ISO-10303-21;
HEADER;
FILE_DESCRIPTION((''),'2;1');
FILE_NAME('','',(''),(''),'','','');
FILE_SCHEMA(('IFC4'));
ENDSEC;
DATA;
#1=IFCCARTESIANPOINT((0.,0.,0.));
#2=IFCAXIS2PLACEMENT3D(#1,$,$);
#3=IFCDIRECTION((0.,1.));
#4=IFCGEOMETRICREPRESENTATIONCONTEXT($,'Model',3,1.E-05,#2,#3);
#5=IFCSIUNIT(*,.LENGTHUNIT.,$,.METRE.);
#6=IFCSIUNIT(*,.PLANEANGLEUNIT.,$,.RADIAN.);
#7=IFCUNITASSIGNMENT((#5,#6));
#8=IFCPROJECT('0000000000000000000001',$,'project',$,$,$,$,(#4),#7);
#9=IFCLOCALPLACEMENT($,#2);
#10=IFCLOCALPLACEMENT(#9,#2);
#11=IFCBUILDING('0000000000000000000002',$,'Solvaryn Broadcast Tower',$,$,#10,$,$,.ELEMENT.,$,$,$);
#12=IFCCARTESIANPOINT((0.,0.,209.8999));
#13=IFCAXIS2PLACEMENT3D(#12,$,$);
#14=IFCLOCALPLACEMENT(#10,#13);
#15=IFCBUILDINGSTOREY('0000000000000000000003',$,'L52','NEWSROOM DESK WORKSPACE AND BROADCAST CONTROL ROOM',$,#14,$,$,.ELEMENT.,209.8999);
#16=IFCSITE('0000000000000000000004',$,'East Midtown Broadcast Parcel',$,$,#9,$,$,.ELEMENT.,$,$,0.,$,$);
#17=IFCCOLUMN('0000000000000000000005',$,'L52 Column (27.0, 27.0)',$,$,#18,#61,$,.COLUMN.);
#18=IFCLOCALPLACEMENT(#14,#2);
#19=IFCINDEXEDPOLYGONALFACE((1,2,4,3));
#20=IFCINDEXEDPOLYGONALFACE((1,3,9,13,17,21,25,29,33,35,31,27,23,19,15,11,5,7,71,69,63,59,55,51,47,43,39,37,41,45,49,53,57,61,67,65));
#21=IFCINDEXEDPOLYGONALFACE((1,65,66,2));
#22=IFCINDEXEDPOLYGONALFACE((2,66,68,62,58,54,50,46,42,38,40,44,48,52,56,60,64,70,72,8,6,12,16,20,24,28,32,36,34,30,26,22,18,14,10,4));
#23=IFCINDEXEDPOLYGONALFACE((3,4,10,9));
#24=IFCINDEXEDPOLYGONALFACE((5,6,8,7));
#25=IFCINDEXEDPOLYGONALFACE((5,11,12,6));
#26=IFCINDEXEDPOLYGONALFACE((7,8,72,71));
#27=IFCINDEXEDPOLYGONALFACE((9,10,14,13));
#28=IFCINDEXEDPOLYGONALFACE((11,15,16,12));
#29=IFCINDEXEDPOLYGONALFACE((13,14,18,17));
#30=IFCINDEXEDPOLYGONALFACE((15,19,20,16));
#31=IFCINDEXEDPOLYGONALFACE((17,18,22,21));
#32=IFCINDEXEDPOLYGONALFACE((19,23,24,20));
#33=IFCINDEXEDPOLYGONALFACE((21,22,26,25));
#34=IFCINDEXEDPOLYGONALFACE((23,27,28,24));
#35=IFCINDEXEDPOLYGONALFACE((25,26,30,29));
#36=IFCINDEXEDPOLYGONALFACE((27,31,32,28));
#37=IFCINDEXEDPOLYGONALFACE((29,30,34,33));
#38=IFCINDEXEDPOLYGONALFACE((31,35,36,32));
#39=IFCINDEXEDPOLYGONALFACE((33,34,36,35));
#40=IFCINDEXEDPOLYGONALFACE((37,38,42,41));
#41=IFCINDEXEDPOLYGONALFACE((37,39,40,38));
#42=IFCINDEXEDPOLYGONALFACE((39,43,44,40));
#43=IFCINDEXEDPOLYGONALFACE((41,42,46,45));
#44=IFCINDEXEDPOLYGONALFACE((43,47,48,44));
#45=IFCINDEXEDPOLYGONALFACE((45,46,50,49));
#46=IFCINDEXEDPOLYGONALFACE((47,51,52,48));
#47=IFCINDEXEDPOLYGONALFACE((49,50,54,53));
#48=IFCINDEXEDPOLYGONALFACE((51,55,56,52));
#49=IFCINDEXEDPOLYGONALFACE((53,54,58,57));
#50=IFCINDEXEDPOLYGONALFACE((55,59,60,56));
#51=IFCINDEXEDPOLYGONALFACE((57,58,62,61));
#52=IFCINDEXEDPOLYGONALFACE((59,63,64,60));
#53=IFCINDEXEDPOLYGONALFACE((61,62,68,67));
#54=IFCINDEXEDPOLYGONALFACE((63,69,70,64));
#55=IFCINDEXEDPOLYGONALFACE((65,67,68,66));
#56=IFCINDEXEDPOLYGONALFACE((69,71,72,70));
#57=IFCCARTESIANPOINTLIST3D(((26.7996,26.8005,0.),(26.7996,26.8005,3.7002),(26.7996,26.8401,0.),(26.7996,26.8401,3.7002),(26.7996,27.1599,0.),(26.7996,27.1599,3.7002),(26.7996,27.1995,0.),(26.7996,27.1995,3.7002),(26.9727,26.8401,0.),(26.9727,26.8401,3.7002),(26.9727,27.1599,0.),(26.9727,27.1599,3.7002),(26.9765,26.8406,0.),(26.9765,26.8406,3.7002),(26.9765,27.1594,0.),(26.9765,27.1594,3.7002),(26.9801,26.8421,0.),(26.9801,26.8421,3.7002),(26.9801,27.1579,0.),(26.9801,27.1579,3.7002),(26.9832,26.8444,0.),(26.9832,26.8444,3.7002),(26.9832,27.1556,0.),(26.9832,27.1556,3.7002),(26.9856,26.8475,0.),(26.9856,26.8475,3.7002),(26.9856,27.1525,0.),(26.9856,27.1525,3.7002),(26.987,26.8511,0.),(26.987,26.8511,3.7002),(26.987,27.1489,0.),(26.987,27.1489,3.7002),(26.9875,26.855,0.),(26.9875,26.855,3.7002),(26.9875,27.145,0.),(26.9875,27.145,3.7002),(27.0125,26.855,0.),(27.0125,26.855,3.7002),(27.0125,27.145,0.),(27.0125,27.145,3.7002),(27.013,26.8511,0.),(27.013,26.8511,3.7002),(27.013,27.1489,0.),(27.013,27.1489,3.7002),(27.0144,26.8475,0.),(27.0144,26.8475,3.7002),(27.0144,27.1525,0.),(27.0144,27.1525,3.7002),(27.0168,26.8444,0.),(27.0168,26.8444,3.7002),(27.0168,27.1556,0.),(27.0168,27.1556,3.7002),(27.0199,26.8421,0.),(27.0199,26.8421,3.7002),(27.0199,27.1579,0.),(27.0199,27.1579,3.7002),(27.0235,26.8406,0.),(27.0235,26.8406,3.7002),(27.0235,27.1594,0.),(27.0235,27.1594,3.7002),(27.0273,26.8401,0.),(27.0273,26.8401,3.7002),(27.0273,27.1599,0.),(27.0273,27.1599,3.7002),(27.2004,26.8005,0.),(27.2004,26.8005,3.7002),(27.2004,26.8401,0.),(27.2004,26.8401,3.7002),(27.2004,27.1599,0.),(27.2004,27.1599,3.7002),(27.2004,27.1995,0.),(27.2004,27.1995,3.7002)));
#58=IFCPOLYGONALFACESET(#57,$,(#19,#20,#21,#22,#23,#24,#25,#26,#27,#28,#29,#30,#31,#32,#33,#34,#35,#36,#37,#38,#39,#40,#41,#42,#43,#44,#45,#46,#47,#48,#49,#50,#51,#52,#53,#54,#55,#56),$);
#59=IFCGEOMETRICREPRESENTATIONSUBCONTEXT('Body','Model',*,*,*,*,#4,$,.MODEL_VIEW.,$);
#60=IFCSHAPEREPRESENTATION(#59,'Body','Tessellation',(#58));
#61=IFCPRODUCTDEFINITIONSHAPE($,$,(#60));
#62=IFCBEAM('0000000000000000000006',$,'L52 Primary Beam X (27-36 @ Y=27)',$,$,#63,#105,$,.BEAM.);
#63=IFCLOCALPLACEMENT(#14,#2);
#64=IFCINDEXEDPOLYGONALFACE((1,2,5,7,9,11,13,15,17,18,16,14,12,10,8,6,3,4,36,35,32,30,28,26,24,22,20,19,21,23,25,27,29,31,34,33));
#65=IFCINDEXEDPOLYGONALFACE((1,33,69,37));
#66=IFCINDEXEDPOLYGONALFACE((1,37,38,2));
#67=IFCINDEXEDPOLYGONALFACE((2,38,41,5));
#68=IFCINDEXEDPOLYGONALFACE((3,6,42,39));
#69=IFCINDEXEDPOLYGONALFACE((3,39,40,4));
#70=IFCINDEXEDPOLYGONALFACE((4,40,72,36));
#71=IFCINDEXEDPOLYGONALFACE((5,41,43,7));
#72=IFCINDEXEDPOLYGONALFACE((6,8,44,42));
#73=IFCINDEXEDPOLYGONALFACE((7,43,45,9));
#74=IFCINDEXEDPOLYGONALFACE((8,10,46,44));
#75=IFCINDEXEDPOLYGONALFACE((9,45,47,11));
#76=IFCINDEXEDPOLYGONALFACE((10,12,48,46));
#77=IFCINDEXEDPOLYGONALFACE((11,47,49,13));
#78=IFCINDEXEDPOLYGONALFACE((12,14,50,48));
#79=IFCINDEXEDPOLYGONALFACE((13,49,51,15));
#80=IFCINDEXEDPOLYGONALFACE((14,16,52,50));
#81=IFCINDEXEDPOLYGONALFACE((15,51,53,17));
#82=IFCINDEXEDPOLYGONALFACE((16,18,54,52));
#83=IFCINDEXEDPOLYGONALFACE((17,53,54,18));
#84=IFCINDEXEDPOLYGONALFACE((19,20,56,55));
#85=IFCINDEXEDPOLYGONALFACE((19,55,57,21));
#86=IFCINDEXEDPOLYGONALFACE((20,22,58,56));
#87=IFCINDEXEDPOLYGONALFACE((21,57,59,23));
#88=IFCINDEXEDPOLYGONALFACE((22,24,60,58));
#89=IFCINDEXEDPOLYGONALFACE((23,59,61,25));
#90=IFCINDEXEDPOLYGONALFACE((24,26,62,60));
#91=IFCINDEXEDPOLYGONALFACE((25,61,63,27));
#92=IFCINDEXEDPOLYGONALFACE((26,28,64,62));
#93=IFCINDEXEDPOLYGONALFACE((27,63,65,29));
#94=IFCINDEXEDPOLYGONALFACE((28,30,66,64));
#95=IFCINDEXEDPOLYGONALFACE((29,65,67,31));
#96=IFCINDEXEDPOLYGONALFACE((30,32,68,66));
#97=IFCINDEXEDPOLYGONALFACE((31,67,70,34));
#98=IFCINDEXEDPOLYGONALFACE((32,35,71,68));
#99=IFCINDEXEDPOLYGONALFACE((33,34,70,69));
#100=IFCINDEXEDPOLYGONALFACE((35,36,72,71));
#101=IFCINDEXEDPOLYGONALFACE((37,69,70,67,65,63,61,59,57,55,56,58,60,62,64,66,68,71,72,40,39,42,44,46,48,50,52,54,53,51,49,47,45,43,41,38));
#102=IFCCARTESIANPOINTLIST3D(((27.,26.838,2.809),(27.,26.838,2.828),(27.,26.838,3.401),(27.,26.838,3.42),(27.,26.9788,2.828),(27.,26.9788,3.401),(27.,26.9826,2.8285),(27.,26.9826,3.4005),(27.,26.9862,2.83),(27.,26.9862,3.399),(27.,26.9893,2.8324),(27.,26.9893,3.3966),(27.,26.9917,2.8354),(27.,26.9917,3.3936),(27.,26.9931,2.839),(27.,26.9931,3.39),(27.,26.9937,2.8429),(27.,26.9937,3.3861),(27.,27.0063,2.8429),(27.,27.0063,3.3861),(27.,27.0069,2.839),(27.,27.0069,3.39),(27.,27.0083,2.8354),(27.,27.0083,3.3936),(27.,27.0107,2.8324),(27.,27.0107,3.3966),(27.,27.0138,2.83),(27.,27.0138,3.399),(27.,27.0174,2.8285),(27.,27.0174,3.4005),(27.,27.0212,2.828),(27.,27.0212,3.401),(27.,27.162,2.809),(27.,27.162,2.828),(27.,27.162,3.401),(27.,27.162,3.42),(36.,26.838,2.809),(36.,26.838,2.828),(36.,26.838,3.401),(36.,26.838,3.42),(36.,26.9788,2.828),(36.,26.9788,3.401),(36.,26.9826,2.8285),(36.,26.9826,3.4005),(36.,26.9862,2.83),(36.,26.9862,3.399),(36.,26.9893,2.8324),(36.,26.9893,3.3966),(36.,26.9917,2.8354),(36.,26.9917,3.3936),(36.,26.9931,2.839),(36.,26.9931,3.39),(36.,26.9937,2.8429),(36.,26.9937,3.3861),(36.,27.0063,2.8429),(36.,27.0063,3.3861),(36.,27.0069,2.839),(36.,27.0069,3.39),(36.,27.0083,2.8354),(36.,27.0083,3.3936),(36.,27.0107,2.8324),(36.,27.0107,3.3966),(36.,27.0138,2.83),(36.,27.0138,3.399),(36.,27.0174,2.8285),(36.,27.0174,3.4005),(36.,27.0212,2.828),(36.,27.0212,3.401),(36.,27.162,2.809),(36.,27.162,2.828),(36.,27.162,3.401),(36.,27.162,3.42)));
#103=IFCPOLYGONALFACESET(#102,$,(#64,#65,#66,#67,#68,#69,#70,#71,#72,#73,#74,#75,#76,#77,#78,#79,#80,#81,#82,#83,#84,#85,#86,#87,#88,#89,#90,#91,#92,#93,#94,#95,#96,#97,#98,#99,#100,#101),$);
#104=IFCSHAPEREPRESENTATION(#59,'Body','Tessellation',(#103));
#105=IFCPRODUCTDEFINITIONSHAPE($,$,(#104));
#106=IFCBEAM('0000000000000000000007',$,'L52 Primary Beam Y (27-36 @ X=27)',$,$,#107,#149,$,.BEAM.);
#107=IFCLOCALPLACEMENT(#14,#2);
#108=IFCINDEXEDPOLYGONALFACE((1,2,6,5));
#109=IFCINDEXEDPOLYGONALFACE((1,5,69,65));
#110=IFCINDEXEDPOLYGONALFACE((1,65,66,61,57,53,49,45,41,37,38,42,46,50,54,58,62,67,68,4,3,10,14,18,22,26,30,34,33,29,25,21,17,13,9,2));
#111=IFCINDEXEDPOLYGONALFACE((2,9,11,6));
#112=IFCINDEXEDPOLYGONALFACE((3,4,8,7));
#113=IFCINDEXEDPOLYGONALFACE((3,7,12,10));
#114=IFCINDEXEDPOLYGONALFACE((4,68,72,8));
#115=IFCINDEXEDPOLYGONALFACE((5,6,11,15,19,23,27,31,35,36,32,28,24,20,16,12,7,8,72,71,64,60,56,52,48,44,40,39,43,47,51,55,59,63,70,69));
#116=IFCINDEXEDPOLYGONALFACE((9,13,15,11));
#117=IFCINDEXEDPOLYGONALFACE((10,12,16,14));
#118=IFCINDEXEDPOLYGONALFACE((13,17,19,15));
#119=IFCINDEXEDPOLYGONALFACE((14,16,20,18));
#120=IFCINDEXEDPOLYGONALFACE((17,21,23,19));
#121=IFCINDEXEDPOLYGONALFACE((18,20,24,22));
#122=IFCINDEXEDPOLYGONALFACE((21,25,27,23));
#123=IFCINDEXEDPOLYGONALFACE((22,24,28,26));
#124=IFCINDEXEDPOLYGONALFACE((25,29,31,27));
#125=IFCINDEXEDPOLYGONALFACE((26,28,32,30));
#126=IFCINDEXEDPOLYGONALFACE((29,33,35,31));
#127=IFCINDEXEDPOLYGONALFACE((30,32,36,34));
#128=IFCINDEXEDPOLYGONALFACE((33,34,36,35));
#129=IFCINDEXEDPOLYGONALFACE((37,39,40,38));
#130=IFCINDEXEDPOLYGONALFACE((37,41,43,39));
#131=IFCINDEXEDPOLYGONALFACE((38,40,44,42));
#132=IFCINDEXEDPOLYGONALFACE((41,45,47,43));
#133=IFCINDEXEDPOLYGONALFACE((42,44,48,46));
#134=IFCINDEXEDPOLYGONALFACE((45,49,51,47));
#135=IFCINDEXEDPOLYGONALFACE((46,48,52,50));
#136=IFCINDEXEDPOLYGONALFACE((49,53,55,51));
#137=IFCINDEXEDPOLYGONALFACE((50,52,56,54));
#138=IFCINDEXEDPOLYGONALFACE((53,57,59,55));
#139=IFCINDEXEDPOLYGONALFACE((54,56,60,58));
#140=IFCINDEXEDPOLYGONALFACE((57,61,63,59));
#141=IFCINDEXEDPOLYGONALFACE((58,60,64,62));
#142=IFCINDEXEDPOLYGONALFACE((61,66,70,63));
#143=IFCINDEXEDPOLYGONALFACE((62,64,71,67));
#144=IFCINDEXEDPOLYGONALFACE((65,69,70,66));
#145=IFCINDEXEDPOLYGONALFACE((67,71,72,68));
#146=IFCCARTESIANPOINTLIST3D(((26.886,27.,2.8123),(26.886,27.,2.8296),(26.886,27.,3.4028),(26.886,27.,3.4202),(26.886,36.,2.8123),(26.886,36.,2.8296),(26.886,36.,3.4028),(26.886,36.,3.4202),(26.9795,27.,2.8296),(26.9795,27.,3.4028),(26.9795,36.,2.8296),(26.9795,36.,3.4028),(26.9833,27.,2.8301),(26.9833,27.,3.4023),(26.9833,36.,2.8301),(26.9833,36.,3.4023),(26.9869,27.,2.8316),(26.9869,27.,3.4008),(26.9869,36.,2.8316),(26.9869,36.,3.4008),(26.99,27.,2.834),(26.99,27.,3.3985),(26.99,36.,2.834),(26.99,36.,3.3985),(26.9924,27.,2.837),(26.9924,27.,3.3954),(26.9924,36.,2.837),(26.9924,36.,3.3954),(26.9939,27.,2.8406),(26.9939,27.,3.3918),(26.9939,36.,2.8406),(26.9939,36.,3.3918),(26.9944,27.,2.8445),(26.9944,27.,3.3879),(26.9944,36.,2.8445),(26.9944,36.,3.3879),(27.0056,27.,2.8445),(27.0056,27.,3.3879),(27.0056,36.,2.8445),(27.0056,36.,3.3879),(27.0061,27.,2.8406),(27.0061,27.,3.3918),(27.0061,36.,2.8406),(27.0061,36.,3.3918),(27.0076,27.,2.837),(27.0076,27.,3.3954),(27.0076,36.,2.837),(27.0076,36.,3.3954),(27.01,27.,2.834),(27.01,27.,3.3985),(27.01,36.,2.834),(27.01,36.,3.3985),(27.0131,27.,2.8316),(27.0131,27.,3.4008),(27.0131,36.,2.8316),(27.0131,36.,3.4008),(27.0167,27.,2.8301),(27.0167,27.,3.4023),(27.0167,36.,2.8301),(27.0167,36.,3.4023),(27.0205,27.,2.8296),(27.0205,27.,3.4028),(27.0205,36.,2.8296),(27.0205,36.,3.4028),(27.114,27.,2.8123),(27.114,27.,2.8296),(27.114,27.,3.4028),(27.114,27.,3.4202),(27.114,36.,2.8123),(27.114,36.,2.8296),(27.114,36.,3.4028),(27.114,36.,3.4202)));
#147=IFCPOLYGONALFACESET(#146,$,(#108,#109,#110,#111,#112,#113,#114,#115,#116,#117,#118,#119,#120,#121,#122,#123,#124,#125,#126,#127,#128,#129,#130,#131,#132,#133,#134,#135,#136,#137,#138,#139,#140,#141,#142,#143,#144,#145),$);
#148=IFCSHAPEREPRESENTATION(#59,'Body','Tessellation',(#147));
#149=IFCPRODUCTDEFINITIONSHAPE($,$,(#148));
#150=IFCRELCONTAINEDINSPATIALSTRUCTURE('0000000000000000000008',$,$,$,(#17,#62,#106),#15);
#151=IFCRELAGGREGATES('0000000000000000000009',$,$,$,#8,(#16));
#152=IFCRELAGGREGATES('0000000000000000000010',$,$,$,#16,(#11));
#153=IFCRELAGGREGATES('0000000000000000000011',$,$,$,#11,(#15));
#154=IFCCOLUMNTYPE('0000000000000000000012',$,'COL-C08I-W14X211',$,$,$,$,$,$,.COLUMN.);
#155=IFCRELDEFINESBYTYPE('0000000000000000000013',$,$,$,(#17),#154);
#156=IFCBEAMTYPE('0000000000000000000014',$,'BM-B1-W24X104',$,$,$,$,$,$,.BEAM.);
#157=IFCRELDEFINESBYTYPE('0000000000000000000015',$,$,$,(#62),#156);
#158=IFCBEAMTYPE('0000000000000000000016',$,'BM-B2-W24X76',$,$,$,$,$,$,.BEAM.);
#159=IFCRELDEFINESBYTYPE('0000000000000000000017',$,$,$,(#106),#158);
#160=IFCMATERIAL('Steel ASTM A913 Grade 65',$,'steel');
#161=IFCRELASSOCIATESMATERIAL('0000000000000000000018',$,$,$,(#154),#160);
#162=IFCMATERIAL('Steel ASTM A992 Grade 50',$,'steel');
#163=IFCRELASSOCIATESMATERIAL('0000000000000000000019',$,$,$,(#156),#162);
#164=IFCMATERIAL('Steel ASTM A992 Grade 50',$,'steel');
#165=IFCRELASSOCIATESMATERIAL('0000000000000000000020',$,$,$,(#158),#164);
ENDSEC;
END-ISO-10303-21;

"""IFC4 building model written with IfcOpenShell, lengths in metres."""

from ifc_helpers import new_model, si_unit, direction, frame, origin, origin_2d, place, context, subcontext, project, spatial, i_section, extrude, material, material_profile, profile_set, type_object, element, save


model = new_model("IFC4")

# Units and contexts
model_context = context("Model", 3, precision=1e-05, world=origin(), true_north=direction((0.0, 1.0)))
body_context = subcontext(model_context, "Body", "Model", "MODEL_VIEW")
ifc_project = project(units=[si_unit("LENGTHUNIT", "METRE"), si_unit("PLANEANGLEUNIT", "RADIAN")], contexts=[model_context])

# Site, building, storey
site_placement = place(None, origin())
site = spatial("IfcSite", under=ifc_project, at=site_placement, Name="East Midtown Broadcast Parcel", CompositionType="ELEMENT", RefElevation=0.0)
building_placement = place(site_placement, origin())
building = spatial("IfcBuilding", under=site, at=building_placement, Name="Solvaryn Broadcast Tower", CompositionType="ELEMENT")
storey_placement = place(building_placement, frame((0.0, 0.0, 209.8999)))
storey = spatial("IfcBuildingStorey", under=building, at=storey_placement, Name="L52", Description="NEWSROOM DESK WORKSPACE AND BROADCAST CONTROL ROOM", CompositionType="ELEMENT", Elevation=209.8999)

# Column
ifc_material_1 = material(Name="Steel ASTM A913 Grade 65", Category="steel")
ifc_material_profile_1 = material_profile(ifc_material_1, i_section(OverallWidth=0.4009, OverallDepth=0.3989, WebThickness=0.0249, FlangeThickness=0.0396, FilletRadius=0.0149, at=origin_2d()))
ifc_profile_set_1 = profile_set([ifc_material_profile_1], Name="Steel ASTM A913 Grade 65")
column_type = type_object("IfcColumnType", Name="COL-C08I-W14X211", PredefinedType="COLUMN", material=ifc_profile_set_1)
column_placement = place(storey_placement, frame((27.0, 27.0, 0.0), z_axis=(0.0, 0.0, 1.0), x_axis=(1.0, 0.0, 0.0)))
element("IfcColumn", 1, at=column_placement, inside=storey, type_object=column_type, Name="L52 Column (27.0, 27.0)", PredefinedType="COLUMN", context=body_context, shape_type="SweptSolid", body=[
    extrude(i_section(OverallWidth=0.4009, OverallDepth=0.3989, WebThickness=0.0249, FlangeThickness=0.0396, FilletRadius=0.0149, at=origin_2d()), origin(), (0.0, 0.0, 1.0), 3.7002),
])

# Beams
ifc_material_2 = material(Name="Steel ASTM A992 Grade 50", Category="steel")
ifc_material_profile_2 = material_profile(ifc_material_2, i_section(OverallWidth=0.324, OverallDepth=0.6111, WebThickness=0.0127, FlangeThickness=0.019, FilletRadius=0.0149, at=origin_2d()))
ifc_profile_set_2 = profile_set([ifc_material_profile_2], Name="Steel ASTM A992 Grade 50")
beam_type_1 = type_object("IfcBeamType", Name="BM-B1-W24X104", PredefinedType="BEAM", material=ifc_profile_set_2)
beam_1_placement = place(storey_placement, frame((27.0, 27.0, 3.1145), z_axis=(1.0, 0.0, 0.0), x_axis=(0.0, 1.0, 0.0)))
element("IfcBeam", 2, at=beam_1_placement, inside=storey, type_object=beam_type_1, Name="L52 Primary Beam X (27-36 @ Y=27)", PredefinedType="BEAM", context=body_context, shape_type="SweptSolid", body=[
    extrude(i_section(OverallWidth=0.324, OverallDepth=0.6111, WebThickness=0.0127, FlangeThickness=0.019, FilletRadius=0.0149, at=origin_2d()), origin(), (0.0, 0.0, 1.0), 9.0),
])
ifc_material_3 = material(Name="Steel ASTM A992 Grade 50", Category="steel")
ifc_material_profile_3 = material_profile(ifc_material_3, i_section(OverallWidth=0.228, OverallDepth=0.6079, WebThickness=0.0112, FlangeThickness=0.0173, FilletRadius=0.0149, at=origin_2d()))
ifc_profile_set_3 = profile_set([ifc_material_profile_3], Name="Steel ASTM A992 Grade 50")
beam_type_2 = type_object("IfcBeamType", Name="BM-B2-W24X76", PredefinedType="BEAM", material=ifc_profile_set_3)
beam_2_placement = place(storey_placement, frame((27.0, 27.0, 3.1162), z_axis=(0.0, 1.0, 0.0), x_axis=(-1.0, 0.0, 0.0)))
element("IfcBeam", 3, at=beam_2_placement, inside=storey, type_object=beam_type_2, Name="L52 Primary Beam Y (27-36 @ X=27)", PredefinedType="BEAM", context=body_context, shape_type="SweptSolid", body=[
    extrude(i_section(OverallWidth=0.228, OverallDepth=0.6079, WebThickness=0.0112, FlangeThickness=0.0173, FilletRadius=0.0149, at=origin_2d()), origin(), (0.0, 0.0, 1.0), 9.0),
])

save(model, "model.ifc")
